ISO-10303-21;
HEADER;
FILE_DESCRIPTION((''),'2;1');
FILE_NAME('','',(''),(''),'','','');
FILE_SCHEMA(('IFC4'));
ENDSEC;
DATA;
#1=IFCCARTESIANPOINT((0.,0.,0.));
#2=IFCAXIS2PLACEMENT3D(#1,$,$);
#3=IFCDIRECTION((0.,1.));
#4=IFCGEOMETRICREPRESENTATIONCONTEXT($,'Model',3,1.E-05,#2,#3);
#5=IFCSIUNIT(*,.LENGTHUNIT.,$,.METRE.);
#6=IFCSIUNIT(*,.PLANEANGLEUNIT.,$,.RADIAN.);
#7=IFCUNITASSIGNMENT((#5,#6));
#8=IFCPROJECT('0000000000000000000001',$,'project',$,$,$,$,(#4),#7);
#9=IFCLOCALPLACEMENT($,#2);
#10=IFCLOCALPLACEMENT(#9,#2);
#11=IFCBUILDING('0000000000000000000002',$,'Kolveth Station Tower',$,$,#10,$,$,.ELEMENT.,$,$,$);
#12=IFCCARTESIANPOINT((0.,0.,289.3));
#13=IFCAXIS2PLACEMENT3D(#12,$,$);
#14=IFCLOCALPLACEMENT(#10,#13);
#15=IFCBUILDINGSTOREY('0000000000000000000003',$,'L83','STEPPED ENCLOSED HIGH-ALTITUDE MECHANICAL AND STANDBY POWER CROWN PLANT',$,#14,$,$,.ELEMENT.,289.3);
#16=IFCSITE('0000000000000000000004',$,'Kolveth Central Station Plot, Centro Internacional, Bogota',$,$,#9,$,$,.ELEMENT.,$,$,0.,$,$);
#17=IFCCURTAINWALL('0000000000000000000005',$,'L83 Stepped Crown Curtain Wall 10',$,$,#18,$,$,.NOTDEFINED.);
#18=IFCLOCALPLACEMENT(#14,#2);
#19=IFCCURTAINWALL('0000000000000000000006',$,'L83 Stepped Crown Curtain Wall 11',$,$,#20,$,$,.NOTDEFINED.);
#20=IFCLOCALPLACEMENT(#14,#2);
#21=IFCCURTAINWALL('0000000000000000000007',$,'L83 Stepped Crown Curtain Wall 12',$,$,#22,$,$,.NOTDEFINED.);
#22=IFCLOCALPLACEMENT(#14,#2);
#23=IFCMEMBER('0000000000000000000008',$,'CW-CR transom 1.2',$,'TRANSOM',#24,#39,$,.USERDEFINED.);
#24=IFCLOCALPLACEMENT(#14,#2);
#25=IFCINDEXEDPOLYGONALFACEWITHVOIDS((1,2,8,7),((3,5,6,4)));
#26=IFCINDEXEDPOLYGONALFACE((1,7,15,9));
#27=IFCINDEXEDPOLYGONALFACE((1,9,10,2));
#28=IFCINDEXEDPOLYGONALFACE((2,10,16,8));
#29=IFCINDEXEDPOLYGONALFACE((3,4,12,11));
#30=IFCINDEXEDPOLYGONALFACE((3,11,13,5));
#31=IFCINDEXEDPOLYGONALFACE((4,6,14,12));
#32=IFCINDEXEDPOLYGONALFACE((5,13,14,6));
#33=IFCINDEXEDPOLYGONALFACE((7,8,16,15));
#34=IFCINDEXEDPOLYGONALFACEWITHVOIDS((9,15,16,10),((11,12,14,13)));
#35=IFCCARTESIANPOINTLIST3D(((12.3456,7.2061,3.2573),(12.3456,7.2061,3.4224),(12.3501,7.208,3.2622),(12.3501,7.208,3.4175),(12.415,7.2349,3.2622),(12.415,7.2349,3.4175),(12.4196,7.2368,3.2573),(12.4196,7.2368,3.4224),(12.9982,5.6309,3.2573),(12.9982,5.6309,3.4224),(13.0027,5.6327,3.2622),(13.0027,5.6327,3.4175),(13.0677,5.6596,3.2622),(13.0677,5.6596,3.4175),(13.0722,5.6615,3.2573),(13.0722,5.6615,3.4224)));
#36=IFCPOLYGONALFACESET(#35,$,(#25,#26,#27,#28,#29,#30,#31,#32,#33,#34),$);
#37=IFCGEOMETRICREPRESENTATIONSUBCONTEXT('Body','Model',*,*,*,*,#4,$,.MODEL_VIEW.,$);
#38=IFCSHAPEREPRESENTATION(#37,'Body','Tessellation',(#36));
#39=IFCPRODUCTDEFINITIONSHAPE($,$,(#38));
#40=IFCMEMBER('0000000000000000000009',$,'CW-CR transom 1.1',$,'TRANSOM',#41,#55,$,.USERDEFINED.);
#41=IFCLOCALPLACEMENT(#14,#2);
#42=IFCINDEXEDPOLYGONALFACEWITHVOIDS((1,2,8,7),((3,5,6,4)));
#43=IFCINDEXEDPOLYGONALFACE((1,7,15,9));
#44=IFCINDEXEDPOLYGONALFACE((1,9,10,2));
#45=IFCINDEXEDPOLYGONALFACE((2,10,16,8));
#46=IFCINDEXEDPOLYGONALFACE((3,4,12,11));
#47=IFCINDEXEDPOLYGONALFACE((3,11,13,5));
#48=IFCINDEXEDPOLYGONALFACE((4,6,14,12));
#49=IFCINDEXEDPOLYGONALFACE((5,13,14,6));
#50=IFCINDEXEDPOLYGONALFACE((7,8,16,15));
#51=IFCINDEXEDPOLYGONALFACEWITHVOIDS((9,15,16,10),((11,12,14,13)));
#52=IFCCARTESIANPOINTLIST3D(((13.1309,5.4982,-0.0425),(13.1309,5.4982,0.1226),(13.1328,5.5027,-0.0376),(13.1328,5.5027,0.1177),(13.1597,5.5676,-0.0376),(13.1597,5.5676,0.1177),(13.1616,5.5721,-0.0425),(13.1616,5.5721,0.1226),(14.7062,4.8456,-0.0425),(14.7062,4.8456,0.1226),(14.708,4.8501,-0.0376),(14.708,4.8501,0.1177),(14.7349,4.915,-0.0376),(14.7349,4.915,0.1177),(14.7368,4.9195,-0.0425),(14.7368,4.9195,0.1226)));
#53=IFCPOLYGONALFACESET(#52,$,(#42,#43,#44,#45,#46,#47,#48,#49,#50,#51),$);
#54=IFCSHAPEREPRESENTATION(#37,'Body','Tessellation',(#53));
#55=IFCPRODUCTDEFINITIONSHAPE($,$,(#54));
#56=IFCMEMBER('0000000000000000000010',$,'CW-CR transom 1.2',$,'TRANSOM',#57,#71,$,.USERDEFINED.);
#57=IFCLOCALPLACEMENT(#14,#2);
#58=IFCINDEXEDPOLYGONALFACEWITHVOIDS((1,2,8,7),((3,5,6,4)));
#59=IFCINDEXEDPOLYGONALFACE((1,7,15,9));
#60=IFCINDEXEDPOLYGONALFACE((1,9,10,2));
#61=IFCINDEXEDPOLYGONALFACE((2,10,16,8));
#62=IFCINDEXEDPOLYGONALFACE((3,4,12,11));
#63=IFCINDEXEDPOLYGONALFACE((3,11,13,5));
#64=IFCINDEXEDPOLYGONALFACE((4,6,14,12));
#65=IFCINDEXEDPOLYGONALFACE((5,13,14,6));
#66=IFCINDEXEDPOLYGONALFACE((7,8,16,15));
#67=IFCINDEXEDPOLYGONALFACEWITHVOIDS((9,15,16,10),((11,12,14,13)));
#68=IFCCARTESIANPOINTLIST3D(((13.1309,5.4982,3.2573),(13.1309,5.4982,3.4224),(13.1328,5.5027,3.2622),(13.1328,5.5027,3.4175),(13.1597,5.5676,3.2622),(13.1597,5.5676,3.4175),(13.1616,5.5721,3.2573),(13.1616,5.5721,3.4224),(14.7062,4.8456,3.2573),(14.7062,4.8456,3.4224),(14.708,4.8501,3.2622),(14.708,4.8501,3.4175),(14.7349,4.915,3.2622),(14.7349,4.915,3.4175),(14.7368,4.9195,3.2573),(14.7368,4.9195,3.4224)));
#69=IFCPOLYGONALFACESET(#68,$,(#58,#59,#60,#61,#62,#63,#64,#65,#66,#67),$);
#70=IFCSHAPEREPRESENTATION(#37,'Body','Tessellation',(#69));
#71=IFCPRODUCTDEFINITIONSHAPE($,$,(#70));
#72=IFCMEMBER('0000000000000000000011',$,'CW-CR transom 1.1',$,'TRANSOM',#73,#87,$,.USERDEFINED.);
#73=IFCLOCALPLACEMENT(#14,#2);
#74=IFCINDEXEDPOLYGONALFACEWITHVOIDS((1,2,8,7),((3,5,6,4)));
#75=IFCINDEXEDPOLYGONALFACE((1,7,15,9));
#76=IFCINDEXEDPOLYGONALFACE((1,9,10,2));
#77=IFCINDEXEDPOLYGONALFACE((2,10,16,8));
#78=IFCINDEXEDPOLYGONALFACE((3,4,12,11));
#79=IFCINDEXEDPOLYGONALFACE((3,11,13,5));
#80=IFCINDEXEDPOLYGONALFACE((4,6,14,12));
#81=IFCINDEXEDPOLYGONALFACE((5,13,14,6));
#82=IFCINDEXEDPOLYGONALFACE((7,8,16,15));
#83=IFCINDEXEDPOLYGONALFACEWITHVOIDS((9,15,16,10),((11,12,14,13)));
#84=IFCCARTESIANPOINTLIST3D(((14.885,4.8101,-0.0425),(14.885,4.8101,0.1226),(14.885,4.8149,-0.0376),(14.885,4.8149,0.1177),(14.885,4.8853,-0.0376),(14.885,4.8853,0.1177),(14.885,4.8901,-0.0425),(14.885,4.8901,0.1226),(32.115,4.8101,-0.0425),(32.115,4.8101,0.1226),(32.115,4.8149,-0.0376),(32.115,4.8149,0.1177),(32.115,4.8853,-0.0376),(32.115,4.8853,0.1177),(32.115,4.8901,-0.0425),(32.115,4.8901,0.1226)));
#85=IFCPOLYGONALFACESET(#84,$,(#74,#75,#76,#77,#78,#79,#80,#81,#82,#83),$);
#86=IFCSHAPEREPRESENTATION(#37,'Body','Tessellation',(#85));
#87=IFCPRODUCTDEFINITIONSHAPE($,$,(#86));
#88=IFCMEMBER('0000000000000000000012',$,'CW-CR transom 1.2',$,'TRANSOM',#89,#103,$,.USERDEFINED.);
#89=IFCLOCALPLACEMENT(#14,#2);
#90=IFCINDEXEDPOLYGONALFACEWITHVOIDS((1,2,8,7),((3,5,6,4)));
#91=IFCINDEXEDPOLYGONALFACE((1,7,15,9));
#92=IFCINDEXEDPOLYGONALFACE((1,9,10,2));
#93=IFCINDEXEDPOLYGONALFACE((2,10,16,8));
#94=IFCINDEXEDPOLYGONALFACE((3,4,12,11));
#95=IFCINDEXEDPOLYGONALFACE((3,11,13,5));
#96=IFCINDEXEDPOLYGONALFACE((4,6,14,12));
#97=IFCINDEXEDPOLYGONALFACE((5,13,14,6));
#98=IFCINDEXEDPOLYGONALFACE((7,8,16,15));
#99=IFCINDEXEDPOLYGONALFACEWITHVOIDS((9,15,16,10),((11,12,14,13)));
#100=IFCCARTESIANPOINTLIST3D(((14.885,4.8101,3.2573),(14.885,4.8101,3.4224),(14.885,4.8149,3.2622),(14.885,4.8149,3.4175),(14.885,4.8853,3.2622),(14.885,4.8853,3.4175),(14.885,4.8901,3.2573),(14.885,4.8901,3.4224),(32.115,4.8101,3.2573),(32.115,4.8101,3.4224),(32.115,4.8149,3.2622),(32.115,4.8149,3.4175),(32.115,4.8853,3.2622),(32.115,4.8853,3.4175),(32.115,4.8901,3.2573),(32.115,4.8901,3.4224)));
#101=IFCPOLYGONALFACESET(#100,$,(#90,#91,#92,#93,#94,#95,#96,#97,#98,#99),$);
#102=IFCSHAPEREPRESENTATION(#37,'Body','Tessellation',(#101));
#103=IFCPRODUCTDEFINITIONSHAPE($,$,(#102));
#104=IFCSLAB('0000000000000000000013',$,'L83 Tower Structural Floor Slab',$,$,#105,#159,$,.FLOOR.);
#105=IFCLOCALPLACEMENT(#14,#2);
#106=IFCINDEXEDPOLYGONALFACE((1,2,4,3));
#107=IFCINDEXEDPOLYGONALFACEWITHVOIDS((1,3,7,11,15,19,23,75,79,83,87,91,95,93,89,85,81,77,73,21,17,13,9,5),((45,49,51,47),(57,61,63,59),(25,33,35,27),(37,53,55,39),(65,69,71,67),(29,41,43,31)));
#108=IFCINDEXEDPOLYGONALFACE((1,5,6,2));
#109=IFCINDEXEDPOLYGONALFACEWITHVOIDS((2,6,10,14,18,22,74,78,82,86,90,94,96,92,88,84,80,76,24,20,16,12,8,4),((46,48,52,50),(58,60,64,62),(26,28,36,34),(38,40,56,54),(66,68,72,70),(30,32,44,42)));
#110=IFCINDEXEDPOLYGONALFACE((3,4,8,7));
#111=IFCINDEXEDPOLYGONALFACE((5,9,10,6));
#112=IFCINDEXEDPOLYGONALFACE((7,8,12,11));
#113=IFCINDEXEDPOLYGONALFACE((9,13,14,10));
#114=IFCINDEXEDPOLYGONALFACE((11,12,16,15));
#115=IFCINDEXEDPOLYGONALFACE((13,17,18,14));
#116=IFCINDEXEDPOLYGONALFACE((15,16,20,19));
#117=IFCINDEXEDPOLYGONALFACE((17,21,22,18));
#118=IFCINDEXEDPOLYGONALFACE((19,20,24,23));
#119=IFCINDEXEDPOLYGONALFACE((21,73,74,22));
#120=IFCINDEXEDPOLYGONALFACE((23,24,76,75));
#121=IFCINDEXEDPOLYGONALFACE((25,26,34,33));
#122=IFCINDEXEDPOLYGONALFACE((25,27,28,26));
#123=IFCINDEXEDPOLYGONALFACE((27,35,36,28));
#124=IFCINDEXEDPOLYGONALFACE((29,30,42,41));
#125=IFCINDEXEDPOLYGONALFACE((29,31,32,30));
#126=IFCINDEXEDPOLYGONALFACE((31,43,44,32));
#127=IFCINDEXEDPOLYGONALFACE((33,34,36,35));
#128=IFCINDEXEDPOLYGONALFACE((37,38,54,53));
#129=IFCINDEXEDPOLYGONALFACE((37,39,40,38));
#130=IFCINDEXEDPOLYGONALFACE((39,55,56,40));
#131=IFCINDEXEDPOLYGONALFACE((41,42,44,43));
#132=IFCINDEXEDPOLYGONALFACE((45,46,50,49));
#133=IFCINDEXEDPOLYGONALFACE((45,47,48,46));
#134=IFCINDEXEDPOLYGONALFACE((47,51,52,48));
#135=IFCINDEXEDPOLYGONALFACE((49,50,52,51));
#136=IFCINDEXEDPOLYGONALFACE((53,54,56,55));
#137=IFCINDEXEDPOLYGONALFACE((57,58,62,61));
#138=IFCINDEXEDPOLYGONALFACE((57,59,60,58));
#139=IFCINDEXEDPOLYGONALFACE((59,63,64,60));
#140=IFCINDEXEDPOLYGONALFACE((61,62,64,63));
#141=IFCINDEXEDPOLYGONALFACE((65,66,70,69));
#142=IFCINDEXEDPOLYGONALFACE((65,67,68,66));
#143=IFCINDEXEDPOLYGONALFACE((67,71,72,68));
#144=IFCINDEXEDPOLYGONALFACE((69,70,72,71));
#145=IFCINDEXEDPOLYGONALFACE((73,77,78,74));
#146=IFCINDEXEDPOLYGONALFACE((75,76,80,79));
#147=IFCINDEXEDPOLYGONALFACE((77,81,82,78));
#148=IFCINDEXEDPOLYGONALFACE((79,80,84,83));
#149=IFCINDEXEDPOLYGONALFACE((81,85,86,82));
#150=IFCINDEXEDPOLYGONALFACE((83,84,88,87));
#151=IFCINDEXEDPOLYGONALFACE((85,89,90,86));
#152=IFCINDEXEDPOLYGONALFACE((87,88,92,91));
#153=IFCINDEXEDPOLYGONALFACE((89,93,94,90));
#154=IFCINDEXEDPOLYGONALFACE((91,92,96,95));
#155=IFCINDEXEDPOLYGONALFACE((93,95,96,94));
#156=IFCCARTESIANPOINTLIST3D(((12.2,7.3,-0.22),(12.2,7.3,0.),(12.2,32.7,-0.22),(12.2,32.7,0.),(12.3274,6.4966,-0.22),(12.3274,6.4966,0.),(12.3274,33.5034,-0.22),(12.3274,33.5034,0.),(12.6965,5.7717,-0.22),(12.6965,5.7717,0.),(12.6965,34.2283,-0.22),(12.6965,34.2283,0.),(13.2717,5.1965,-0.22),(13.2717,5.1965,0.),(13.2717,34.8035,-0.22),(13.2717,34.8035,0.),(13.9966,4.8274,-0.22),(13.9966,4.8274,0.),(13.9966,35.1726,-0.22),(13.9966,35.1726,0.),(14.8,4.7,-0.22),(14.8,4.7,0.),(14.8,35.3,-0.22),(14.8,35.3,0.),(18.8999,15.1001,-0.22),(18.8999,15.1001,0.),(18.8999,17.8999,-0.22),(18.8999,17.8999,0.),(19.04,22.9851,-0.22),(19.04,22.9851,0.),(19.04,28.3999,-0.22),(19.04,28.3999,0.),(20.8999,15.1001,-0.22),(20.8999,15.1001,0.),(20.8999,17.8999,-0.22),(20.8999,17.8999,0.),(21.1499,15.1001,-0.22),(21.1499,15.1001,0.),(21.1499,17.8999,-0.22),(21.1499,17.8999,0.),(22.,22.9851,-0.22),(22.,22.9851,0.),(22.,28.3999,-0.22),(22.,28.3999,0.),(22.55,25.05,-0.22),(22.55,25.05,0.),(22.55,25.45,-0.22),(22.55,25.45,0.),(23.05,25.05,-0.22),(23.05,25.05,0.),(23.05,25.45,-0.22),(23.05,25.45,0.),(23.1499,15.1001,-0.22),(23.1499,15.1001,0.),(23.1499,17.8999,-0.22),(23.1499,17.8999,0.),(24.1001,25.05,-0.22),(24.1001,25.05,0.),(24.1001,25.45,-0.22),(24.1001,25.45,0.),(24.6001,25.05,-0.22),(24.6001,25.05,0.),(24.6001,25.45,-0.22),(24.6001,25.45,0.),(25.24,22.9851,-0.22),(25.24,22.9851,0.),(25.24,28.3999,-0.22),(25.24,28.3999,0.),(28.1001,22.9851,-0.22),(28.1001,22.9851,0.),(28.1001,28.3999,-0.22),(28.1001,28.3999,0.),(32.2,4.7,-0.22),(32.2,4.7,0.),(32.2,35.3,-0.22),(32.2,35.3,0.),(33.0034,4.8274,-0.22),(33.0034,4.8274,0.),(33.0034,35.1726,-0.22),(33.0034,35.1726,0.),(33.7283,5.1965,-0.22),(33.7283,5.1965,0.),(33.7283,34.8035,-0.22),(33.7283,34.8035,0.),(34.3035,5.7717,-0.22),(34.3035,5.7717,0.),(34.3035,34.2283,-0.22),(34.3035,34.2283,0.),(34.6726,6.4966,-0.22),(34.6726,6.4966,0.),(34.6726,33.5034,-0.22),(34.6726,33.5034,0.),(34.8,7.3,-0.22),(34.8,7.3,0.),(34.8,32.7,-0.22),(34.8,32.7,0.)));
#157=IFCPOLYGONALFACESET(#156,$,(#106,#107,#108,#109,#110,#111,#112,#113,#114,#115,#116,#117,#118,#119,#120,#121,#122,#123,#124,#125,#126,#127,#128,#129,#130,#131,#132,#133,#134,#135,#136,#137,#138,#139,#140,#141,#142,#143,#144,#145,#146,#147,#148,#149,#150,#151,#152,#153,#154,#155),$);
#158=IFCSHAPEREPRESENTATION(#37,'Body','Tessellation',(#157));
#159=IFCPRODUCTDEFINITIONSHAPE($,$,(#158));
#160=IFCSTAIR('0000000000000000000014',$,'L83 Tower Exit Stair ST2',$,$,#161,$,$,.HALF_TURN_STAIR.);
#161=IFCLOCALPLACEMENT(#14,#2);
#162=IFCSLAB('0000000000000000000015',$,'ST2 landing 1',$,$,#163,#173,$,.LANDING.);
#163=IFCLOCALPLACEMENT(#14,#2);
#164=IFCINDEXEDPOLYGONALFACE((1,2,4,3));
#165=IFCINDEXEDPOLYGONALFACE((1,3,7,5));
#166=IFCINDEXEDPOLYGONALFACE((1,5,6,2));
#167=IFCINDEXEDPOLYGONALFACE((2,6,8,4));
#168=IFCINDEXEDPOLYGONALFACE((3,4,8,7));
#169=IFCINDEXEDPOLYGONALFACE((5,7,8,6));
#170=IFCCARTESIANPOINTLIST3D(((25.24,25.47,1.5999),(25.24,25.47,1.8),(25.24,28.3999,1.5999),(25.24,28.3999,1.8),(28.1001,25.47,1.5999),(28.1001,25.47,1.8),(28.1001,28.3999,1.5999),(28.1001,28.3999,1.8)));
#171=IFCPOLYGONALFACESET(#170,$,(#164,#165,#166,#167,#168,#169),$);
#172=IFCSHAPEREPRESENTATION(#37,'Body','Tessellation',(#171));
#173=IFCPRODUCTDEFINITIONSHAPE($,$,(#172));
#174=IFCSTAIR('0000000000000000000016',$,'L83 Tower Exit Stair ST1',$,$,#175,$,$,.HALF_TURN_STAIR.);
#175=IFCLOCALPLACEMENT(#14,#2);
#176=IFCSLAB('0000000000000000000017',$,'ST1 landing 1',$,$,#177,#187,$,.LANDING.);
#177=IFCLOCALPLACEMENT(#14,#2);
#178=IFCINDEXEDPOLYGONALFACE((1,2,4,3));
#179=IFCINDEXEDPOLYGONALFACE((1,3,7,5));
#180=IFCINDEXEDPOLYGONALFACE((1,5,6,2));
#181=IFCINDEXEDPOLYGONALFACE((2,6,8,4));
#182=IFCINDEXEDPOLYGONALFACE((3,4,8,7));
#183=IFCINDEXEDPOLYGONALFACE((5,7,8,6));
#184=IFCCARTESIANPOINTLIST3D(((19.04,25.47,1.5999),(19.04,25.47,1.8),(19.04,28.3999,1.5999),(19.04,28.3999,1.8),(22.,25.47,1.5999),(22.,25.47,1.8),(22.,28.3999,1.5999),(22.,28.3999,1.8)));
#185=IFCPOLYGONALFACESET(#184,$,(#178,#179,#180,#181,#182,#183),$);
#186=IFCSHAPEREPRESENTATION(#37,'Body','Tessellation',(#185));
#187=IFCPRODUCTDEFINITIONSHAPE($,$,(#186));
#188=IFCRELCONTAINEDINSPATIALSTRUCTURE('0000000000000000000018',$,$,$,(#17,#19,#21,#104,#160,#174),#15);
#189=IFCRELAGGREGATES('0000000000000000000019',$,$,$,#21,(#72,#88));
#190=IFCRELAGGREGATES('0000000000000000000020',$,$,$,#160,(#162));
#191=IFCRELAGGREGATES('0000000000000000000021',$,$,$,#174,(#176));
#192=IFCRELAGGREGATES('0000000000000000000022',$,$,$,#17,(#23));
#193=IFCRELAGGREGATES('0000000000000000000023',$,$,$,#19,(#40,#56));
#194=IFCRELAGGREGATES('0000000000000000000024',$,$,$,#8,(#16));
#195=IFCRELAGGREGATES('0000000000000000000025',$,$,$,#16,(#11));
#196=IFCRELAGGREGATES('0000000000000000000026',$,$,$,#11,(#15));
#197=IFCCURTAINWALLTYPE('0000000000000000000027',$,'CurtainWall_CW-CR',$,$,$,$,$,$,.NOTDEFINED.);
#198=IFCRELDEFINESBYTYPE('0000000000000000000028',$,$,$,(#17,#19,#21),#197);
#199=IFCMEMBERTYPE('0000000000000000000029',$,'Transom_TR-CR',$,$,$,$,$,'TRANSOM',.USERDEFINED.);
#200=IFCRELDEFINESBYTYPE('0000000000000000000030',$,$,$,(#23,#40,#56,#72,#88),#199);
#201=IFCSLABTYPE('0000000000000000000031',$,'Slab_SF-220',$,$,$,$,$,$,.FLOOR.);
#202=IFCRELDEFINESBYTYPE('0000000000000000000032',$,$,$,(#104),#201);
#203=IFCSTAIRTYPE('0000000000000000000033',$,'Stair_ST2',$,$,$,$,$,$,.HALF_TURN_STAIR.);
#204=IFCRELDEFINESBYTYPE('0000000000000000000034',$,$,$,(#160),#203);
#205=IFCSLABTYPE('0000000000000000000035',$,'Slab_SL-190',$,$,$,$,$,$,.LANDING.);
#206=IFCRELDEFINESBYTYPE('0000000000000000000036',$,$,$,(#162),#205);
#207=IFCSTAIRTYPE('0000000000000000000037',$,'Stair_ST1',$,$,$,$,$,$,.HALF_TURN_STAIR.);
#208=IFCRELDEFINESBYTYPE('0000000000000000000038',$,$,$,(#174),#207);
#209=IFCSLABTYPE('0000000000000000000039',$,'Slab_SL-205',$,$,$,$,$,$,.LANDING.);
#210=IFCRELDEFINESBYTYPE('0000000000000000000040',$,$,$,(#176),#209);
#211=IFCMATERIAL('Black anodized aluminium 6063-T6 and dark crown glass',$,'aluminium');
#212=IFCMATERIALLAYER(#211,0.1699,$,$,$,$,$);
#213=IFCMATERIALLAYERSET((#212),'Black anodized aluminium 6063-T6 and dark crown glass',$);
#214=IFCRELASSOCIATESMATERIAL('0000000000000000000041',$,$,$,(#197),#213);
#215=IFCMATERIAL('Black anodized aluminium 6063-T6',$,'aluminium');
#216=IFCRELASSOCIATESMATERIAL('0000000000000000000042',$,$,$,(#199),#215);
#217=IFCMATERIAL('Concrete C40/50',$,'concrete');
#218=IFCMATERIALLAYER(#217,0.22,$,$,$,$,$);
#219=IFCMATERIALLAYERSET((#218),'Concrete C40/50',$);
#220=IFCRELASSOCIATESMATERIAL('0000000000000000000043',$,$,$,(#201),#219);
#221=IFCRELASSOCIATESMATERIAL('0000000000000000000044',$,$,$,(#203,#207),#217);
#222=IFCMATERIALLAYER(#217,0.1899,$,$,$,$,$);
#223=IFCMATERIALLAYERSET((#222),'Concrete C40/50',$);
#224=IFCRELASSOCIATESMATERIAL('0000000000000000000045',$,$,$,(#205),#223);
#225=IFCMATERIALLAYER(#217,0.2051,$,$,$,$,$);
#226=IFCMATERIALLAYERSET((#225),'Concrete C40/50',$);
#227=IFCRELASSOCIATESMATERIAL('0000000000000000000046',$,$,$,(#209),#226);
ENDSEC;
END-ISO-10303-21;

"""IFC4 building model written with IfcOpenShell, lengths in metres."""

from ifc_helpers import new_model, si_unit, direction, frame, origin, origin_2d, place, context, subcontext, project, spatial, polyline, hollow_rectangle, outline, extrude, source, transform, mapped, material, layer, layer_set, material_profile, profile_set, type_object, element, aggregate, save


model = new_model("IFC4")

# Units and contexts
model_context = context("Model", 3, precision=1e-05, world=origin(), true_north=direction((0.0, 1.0)))
body_context = subcontext(model_context, "Body", "Model", "MODEL_VIEW")
ifc_project = project(units=[si_unit("LENGTHUNIT", "METRE"), si_unit("PLANEANGLEUNIT", "RADIAN")], contexts=[model_context])

# Site, building, storey
site_placement = place(None, origin())
site = spatial("IfcSite", under=ifc_project, at=site_placement, Name="Kolveth Central Station Plot, Centro Internacional, Bogota", CompositionType="ELEMENT", RefElevation=0.0)
building_placement = place(site_placement, origin())
building = spatial("IfcBuilding", under=site, at=building_placement, Name="Kolveth Station Tower", CompositionType="ELEMENT")
storey_placement = place(building_placement, frame((0.0, 0.0, 289.3)))
storey = spatial("IfcBuildingStorey", under=building, at=storey_placement, Name="L83", Description="STEPPED ENCLOSED HIGH-ALTITUDE MECHANICAL AND STANDBY POWER CROWN PLANT", CompositionType="ELEMENT", Elevation=289.3)

# Curtain walls
ifc_material_1 = material(Name="Black anodized aluminium 6063-T6 and dark crown glass", Category="aluminium")
ifc_layer_1 = layer(ifc_material_1, 0.1699)
ifc_layer_set_1 = layer_set([ifc_layer_1], Name="Black anodized aluminium 6063-T6 and dark crown glass")
curtain_wall_type = type_object("IfcCurtainWallType", Name="CurtainWall_CW-CR", PredefinedType="NOTDEFINED", material=ifc_layer_set_1)
curtain_wall_1_placement = place(storey_placement, origin())
curtain_wall_1 = element("IfcCurtainWall", 1, at=curtain_wall_1_placement, inside=storey, type_object=curtain_wall_type, Name="L83 Stepped Crown Curtain Wall 10", PredefinedType="NOTDEFINED")
ifc_material_2 = material(Name="Black anodized aluminium 6063-T6", Category="aluminium")
curtain_wall_2_placement = place(storey_placement, origin())
curtain_wall_2 = element("IfcCurtainWall", 2, at=curtain_wall_2_placement, inside=storey, type_object=curtain_wall_type, Name="L83 Stepped Crown Curtain Wall 11", PredefinedType="NOTDEFINED")

# Curtain wall
curtain_wall_3_placement = place(storey_placement, origin())
curtain_wall_3 = element("IfcCurtainWall", 3, at=curtain_wall_3_placement, inside=storey, type_object=curtain_wall_type, Name="L83 Stepped Crown Curtain Wall 12", PredefinedType="NOTDEFINED")

# Members
ifc_material_profile_1 = material_profile(ifc_material_2, hollow_rectangle(XDim=0.0801, YDim=0.165, WallThickness=0.0049, at=origin_2d()), Name="ALU-80x165x5")
ifc_profile_set_1 = profile_set([ifc_material_profile_1], Name="Black anodized aluminium 6063-T6")
member_type_1 = type_object("IfcMemberType", Name="Transom_TR-CR", ElementType="TRANSOM", PredefinedType="USERDEFINED", material=ifc_profile_set_1)
shared_shape_1 = source(origin(), body_context, "Body", "SweptSolid", [
    extrude(hollow_rectangle(XDim=0.0801, YDim=0.165, WallThickness=0.0049, at=origin_2d()), origin(), (0.0, 0.0, 1.0), 1.7051),
])
member_1_placement = place(storey_placement, frame((12.3826, 7.2214, 3.3398), z_axis=(0.382744, -0.923855, 0.0), x_axis=(0.923855, 0.382744, 0.0)))
member_1 = element("IfcMember", 4, at=member_1_placement, type_object=member_type_1, Name="CW-CR transom 1.2", ObjectType="TRANSOM", PredefinedType="USERDEFINED", context=body_context, shape_type="MappedRepresentation", body=[
    mapped(shared_shape_1, transform((0.0, 0.0, 0.0), x_axis=(1.0, 0.0, 0.0), y_axis=(0.0, 1.0, 0.0), z_axis=(0.0, 0.0, 1.0), scale=1.0)),
])
member_2_placement = place(storey_placement, frame((13.1462, 5.5352, 0.04), z_axis=(0.923855, -0.382744, 0.0), x_axis=(0.382744, 0.923855, 0.0)))
member_2 = element("IfcMember", 5, at=member_2_placement, type_object=member_type_1, Name="CW-CR transom 1.1", ObjectType="TRANSOM", PredefinedType="USERDEFINED", context=body_context, shape_type="MappedRepresentation", body=[
    mapped(shared_shape_1, transform((0.0, 0.0, 0.0), x_axis=(1.0, 0.0, 0.0), y_axis=(0.0, 1.0, 0.0), z_axis=(0.0, 0.0, 1.0), scale=1.0)),
])
member_3_placement = place(storey_placement, frame((13.1462, 5.5352, 3.3398), z_axis=(0.923855, -0.382744, 0.0), x_axis=(0.382744, 0.923855, 0.0)))
member_3 = element("IfcMember", 6, at=member_3_placement, type_object=member_type_1, Name="CW-CR transom 1.2", ObjectType="TRANSOM", PredefinedType="USERDEFINED", context=body_context, shape_type="MappedRepresentation", body=[
    mapped(shared_shape_1, transform((0.0, 0.0, 0.0), x_axis=(1.0, 0.0, 0.0), y_axis=(0.0, 1.0, 0.0), z_axis=(0.0, 0.0, 1.0), scale=1.0)),
])
shared_shape_2 = source(origin(), body_context, "Body", "SweptSolid", [
    extrude(hollow_rectangle(XDim=0.0801, YDim=0.165, WallThickness=0.0049, at=origin_2d()), origin(), (0.0, 0.0, 1.0), 17.23),
])
member_4_placement = place(storey_placement, frame((14.885, 4.8501, 0.04), z_axis=(1.0, 0.0, 0.0), x_axis=(0.0, 1.0, 0.0)))
member_4 = element("IfcMember", 7, at=member_4_placement, type_object=member_type_1, Name="CW-CR transom 1.1", ObjectType="TRANSOM", PredefinedType="USERDEFINED", context=body_context, shape_type="MappedRepresentation", body=[
    mapped(shared_shape_2, transform((0.0, 0.0, 0.0), x_axis=(1.0, 0.0, 0.0), y_axis=(0.0, 1.0, 0.0), z_axis=(0.0, 0.0, 1.0), scale=1.0)),
])
member_5_placement = place(storey_placement, frame((14.885, 4.8501, 3.3398), z_axis=(1.0, 0.0, 0.0), x_axis=(0.0, 1.0, 0.0)))
member_5 = element("IfcMember", 8, at=member_5_placement, type_object=member_type_1, Name="CW-CR transom 1.2", ObjectType="TRANSOM", PredefinedType="USERDEFINED", context=body_context, shape_type="MappedRepresentation", body=[
    mapped(shared_shape_2, transform((0.0, 0.0, 0.0), x_axis=(1.0, 0.0, 0.0), y_axis=(0.0, 1.0, 0.0), z_axis=(0.0, 0.0, 1.0), scale=1.0)),
])
aggregate(curtain_wall_3, [member_4, member_5])

# Slab
ifc_material_3 = material(Name="Concrete C40/50", Category="concrete")
ifc_layer_2 = layer(ifc_material_3, 0.22)
ifc_layer_set_2 = layer_set([ifc_layer_2], Name="Concrete C40/50")
slab_type_1 = type_object("IfcSlabType", Name="Slab_SF-220", PredefinedType="FLOOR", material=ifc_layer_set_2)
slab_1_placement = place(storey_placement, frame((0.0, 0.0, -0.22)))
element("IfcSlab", 9, at=slab_1_placement, inside=storey, type_object=slab_type_1, Name="L83 Tower Structural Floor Slab", PredefinedType="FLOOR", context=body_context, shape_type="SweptSolid", body=[
    extrude(outline(polyline([(32.2, 4.7), (33.0034, 4.8274), (33.7283, 5.1965), (34.3035, 5.7717), (34.6726, 6.4966), (34.8, 7.3), (34.8, 32.7), (34.6726, 33.5034), (34.3035, 34.2283), (33.7283, 34.8035), (33.0034, 35.1726), (32.2, 35.3), (14.8, 35.3), (13.9966, 35.1726), (13.2717, 34.8035), (12.6965, 34.2283), (12.3274, 33.5034), (12.2, 32.7), (12.2, 7.3), (12.3274, 6.4966), (12.6965, 5.7717), (13.2717, 5.1965), (13.9966, 4.8274), (14.8, 4.7), (32.2, 4.7)]), holes=[polyline([(19.04, 22.9851), (22.0, 22.9851), (22.0, 28.3999), (19.04, 28.3999), (19.04, 22.9851)]), polyline([(25.24, 22.9851), (28.1001, 22.9851), (28.1001, 28.3999), (25.24, 28.3999), (25.24, 22.9851)]), polyline([(18.8999, 15.1001), (20.8999, 15.1001), (20.8999, 17.8999), (18.8999, 17.8999), (18.8999, 15.1001)]), polyline([(21.1499, 15.1001), (23.1499, 15.1001), (23.1499, 17.8999), (21.1499, 17.8999), (21.1499, 15.1001)]), polyline([(22.55, 25.05), (23.05, 25.05), (23.05, 25.45), (22.55, 25.45), (22.55, 25.05)]), polyline([(24.1001, 25.05), (24.6001, 25.05), (24.6001, 25.45), (24.1001, 25.45), (24.1001, 25.05)])]), origin(), (0.0, 0.0, 1.0), 0.22),
])

# Stairs, slabs
stair_type_1 = type_object("IfcStairType", Name="Stair_ST2", PredefinedType="HALF_TURN_STAIR", material=ifc_material_3)
stair_1_placement = place(storey_placement, origin())
stair_1 = element("IfcStair", 10, at=stair_1_placement, inside=storey, type_object=stair_type_1, Name="L83 Tower Exit Stair ST2", PredefinedType="HALF_TURN_STAIR")
ifc_layer_3 = layer(ifc_material_3, 0.1899)
ifc_layer_set_3 = layer_set([ifc_layer_3], Name="Concrete C40/50")
slab_type_2 = type_object("IfcSlabType", Name="Slab_SL-190", PredefinedType="LANDING", material=ifc_layer_set_3)
slab_2_placement = place(storey_placement, frame((0.0, 0.0, 1.5999)))
slab_2 = element("IfcSlab", 11, at=slab_2_placement, type_object=slab_type_2, Name="ST2 landing 1", PredefinedType="LANDING", context=body_context, shape_type="SweptSolid", body=[
    extrude(outline(polyline([(28.1001, 25.47), (28.1001, 28.3999), (25.24, 28.3999), (25.24, 25.47), (28.1001, 25.47)])), origin(), (0.0, 0.0, 1.0), 0.2002),
])
aggregate(stair_1, [slab_2])
stair_type_2 = type_object("IfcStairType", Name="Stair_ST1", PredefinedType="HALF_TURN_STAIR", material=ifc_material_3)
stair_2_placement = place(storey_placement, origin())
stair_2 = element("IfcStair", 12, at=stair_2_placement, inside=storey, type_object=stair_type_2, Name="L83 Tower Exit Stair ST1", PredefinedType="HALF_TURN_STAIR")
ifc_layer_4 = layer(ifc_material_3, 0.2051)
ifc_layer_set_4 = layer_set([ifc_layer_4], Name="Concrete C40/50")
slab_type_3 = type_object("IfcSlabType", Name="Slab_SL-205", PredefinedType="LANDING", material=ifc_layer_set_4)
slab_3_placement = place(storey_placement, frame((0.0, 0.0, 1.5999)))
slab_3 = element("IfcSlab", 13, at=slab_3_placement, type_object=slab_type_3, Name="ST1 landing 1", PredefinedType="LANDING", context=body_context, shape_type="SweptSolid", body=[
    extrude(outline(polyline([(22.0, 25.47), (22.0, 28.3999), (19.04, 28.3999), (19.04, 25.47), (22.0, 25.47)])), origin(), (0.0, 0.0, 1.0), 0.2002),
])
aggregate(stair_2, [slab_3])

aggregate(curtain_wall_1, [member_1])
aggregate(curtain_wall_2, [member_2, member_3])

save(model, "model.ifc")
